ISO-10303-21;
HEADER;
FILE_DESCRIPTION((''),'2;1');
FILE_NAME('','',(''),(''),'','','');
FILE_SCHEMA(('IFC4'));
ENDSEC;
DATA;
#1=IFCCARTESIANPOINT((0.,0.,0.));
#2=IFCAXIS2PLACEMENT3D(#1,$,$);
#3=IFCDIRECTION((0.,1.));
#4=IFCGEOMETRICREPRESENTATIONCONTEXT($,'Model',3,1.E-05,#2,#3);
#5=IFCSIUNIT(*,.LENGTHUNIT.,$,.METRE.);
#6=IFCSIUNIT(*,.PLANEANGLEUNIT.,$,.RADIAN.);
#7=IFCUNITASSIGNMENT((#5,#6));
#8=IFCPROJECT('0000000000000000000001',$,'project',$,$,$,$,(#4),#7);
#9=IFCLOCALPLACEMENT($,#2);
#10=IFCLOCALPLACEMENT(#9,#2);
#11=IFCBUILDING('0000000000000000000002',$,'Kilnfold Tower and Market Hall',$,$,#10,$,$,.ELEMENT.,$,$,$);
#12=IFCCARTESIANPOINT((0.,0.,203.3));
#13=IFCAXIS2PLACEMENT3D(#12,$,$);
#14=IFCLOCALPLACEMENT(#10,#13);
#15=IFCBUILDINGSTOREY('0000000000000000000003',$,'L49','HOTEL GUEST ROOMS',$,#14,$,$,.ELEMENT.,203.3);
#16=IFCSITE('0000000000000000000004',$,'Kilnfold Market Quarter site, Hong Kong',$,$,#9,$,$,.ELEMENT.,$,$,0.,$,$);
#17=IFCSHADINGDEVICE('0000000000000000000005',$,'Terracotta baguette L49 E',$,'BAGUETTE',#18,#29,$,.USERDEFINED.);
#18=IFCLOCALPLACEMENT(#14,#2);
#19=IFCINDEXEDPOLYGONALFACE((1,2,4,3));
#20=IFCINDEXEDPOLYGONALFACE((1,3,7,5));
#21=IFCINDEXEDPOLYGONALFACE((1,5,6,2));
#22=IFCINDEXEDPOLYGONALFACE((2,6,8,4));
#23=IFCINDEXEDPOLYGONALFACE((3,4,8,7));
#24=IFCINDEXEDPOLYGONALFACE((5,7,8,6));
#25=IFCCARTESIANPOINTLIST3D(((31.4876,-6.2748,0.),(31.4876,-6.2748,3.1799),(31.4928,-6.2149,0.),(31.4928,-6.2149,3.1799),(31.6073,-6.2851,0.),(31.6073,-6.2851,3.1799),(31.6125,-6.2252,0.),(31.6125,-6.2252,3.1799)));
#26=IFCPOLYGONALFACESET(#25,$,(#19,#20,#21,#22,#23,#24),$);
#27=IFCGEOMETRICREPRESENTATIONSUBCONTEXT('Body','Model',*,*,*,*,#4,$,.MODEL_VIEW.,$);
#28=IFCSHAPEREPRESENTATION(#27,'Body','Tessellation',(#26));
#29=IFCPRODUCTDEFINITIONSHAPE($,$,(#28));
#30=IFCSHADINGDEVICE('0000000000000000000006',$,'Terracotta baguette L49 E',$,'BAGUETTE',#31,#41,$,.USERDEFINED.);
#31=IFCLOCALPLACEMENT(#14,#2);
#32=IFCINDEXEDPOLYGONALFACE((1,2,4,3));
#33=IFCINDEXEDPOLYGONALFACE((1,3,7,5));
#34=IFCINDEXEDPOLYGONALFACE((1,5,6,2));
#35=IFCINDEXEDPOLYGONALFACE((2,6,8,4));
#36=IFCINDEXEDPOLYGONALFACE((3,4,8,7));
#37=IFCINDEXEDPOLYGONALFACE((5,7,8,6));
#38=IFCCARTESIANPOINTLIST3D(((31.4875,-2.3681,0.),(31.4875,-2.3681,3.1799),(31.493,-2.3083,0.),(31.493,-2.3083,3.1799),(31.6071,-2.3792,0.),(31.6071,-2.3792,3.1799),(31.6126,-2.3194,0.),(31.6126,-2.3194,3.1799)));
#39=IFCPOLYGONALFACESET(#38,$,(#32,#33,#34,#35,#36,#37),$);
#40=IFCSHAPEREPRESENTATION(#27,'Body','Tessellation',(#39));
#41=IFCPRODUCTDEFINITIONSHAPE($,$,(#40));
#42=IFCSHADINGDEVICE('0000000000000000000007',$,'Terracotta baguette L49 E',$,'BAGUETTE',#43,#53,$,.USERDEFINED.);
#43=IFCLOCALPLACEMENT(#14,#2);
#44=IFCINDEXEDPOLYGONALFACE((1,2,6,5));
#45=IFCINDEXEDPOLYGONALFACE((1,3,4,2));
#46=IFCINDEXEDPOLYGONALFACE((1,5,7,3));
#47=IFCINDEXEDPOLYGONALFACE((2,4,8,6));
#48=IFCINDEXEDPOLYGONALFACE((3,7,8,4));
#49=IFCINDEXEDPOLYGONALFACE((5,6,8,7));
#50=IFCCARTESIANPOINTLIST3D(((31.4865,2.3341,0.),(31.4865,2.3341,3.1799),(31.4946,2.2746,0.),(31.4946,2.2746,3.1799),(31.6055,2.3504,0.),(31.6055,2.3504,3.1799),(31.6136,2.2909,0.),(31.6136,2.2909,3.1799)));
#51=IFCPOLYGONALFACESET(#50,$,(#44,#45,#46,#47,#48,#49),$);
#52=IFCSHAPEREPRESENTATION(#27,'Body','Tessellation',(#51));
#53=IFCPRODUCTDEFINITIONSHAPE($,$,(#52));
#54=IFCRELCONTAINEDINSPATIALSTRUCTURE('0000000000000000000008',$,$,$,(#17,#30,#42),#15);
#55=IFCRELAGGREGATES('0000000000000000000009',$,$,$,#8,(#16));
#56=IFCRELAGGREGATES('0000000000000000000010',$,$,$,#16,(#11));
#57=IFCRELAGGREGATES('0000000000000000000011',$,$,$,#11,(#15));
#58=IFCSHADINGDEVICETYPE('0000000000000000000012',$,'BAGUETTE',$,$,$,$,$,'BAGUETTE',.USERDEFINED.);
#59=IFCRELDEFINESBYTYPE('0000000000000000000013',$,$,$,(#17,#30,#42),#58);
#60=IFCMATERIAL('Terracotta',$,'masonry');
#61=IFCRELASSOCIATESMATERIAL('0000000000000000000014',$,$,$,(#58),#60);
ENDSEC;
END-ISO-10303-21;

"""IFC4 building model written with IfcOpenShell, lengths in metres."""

from ifc_helpers import new_model, si_unit, direction, frame, origin, origin_2d, place, context, subcontext, project, spatial, rectangle, extrude, source, transform, mapped, material, material_profile, profile_set, type_object, element, save


model = new_model("IFC4")

# Units and contexts
model_context = context("Model", 3, precision=1e-05, world=origin(), true_north=direction((0.0, 1.0)))
body_context = subcontext(model_context, "Body", "Model", "MODEL_VIEW")
ifc_project = project(units=[si_unit("LENGTHUNIT", "METRE"), si_unit("PLANEANGLEUNIT", "RADIAN")], contexts=[model_context])

# Site, building, storey
site_placement = place(None, origin())
site = spatial("IfcSite", under=ifc_project, at=site_placement, Name="Kilnfold Market Quarter site, Hong Kong", CompositionType="ELEMENT", RefElevation=0.0)
building_placement = place(site_placement, origin())
building = spatial("IfcBuilding", under=site, at=building_placement, Name="Kilnfold Tower and Market Hall", CompositionType="ELEMENT")
storey_placement = place(building_placement, frame((0.0, 0.0, 203.3)))
storey = spatial("IfcBuildingStorey", under=building, at=storey_placement, Name="L49", Description="HOTEL GUEST ROOMS", CompositionType="ELEMENT", Elevation=203.3)

# Shading devices
ifc_material_1 = material(Name="Terracotta", Category="masonry")
ifc_material_profile_1 = material_profile(ifc_material_1, rectangle(XDim=0.0601, YDim=0.1201, at=origin_2d()), Name="BAG 60x120")
ifc_profile_set_1 = profile_set([ifc_material_profile_1], Name="Terracotta")
shading_device_type = type_object("IfcShadingDeviceType", Name="BAGUETTE", ElementType="BAGUETTE", PredefinedType="USERDEFINED", material=ifc_profile_set_1)
shared_shape_1 = source(origin(), body_context, "Body", "SweptSolid", [
    extrude(rectangle(XDim=0.0601, YDim=0.1201, at=origin_2d()), origin(), (0.0, 0.0, 1.0), 3.1799),
])
for number, where, z_axis, x_axis, name in (
    (1, (31.55, -6.25, 0.0), (0.0, 0.0, 1.0), (0.08556, 0.996333, 0.0), "Terracotta baguette L49 E"),
    (2, (31.55, -2.3438, 0.0), (0.0, 0.0, 1.0), (0.092769, 0.995688, 0.0), "Terracotta baguette L49 E"),
    (3, (31.55, 2.3125, 0.0), (0.0, 0.0, 1.0), (-0.136163, 0.990686, 0.0), "Terracotta baguette L49 E"),
):
    element("IfcShadingDevice", number, at=place(storey_placement, frame(where, z_axis=z_axis, x_axis=x_axis)), inside=storey, type_object=shading_device_type, Name=name, ObjectType="BAGUETTE", PredefinedType="USERDEFINED", context=body_context, shape_type="MappedRepresentation", body=[
        mapped(shared_shape_1, transform((0.0, 0.0, 0.0))),
    ])

save(model, "model.ifc")
